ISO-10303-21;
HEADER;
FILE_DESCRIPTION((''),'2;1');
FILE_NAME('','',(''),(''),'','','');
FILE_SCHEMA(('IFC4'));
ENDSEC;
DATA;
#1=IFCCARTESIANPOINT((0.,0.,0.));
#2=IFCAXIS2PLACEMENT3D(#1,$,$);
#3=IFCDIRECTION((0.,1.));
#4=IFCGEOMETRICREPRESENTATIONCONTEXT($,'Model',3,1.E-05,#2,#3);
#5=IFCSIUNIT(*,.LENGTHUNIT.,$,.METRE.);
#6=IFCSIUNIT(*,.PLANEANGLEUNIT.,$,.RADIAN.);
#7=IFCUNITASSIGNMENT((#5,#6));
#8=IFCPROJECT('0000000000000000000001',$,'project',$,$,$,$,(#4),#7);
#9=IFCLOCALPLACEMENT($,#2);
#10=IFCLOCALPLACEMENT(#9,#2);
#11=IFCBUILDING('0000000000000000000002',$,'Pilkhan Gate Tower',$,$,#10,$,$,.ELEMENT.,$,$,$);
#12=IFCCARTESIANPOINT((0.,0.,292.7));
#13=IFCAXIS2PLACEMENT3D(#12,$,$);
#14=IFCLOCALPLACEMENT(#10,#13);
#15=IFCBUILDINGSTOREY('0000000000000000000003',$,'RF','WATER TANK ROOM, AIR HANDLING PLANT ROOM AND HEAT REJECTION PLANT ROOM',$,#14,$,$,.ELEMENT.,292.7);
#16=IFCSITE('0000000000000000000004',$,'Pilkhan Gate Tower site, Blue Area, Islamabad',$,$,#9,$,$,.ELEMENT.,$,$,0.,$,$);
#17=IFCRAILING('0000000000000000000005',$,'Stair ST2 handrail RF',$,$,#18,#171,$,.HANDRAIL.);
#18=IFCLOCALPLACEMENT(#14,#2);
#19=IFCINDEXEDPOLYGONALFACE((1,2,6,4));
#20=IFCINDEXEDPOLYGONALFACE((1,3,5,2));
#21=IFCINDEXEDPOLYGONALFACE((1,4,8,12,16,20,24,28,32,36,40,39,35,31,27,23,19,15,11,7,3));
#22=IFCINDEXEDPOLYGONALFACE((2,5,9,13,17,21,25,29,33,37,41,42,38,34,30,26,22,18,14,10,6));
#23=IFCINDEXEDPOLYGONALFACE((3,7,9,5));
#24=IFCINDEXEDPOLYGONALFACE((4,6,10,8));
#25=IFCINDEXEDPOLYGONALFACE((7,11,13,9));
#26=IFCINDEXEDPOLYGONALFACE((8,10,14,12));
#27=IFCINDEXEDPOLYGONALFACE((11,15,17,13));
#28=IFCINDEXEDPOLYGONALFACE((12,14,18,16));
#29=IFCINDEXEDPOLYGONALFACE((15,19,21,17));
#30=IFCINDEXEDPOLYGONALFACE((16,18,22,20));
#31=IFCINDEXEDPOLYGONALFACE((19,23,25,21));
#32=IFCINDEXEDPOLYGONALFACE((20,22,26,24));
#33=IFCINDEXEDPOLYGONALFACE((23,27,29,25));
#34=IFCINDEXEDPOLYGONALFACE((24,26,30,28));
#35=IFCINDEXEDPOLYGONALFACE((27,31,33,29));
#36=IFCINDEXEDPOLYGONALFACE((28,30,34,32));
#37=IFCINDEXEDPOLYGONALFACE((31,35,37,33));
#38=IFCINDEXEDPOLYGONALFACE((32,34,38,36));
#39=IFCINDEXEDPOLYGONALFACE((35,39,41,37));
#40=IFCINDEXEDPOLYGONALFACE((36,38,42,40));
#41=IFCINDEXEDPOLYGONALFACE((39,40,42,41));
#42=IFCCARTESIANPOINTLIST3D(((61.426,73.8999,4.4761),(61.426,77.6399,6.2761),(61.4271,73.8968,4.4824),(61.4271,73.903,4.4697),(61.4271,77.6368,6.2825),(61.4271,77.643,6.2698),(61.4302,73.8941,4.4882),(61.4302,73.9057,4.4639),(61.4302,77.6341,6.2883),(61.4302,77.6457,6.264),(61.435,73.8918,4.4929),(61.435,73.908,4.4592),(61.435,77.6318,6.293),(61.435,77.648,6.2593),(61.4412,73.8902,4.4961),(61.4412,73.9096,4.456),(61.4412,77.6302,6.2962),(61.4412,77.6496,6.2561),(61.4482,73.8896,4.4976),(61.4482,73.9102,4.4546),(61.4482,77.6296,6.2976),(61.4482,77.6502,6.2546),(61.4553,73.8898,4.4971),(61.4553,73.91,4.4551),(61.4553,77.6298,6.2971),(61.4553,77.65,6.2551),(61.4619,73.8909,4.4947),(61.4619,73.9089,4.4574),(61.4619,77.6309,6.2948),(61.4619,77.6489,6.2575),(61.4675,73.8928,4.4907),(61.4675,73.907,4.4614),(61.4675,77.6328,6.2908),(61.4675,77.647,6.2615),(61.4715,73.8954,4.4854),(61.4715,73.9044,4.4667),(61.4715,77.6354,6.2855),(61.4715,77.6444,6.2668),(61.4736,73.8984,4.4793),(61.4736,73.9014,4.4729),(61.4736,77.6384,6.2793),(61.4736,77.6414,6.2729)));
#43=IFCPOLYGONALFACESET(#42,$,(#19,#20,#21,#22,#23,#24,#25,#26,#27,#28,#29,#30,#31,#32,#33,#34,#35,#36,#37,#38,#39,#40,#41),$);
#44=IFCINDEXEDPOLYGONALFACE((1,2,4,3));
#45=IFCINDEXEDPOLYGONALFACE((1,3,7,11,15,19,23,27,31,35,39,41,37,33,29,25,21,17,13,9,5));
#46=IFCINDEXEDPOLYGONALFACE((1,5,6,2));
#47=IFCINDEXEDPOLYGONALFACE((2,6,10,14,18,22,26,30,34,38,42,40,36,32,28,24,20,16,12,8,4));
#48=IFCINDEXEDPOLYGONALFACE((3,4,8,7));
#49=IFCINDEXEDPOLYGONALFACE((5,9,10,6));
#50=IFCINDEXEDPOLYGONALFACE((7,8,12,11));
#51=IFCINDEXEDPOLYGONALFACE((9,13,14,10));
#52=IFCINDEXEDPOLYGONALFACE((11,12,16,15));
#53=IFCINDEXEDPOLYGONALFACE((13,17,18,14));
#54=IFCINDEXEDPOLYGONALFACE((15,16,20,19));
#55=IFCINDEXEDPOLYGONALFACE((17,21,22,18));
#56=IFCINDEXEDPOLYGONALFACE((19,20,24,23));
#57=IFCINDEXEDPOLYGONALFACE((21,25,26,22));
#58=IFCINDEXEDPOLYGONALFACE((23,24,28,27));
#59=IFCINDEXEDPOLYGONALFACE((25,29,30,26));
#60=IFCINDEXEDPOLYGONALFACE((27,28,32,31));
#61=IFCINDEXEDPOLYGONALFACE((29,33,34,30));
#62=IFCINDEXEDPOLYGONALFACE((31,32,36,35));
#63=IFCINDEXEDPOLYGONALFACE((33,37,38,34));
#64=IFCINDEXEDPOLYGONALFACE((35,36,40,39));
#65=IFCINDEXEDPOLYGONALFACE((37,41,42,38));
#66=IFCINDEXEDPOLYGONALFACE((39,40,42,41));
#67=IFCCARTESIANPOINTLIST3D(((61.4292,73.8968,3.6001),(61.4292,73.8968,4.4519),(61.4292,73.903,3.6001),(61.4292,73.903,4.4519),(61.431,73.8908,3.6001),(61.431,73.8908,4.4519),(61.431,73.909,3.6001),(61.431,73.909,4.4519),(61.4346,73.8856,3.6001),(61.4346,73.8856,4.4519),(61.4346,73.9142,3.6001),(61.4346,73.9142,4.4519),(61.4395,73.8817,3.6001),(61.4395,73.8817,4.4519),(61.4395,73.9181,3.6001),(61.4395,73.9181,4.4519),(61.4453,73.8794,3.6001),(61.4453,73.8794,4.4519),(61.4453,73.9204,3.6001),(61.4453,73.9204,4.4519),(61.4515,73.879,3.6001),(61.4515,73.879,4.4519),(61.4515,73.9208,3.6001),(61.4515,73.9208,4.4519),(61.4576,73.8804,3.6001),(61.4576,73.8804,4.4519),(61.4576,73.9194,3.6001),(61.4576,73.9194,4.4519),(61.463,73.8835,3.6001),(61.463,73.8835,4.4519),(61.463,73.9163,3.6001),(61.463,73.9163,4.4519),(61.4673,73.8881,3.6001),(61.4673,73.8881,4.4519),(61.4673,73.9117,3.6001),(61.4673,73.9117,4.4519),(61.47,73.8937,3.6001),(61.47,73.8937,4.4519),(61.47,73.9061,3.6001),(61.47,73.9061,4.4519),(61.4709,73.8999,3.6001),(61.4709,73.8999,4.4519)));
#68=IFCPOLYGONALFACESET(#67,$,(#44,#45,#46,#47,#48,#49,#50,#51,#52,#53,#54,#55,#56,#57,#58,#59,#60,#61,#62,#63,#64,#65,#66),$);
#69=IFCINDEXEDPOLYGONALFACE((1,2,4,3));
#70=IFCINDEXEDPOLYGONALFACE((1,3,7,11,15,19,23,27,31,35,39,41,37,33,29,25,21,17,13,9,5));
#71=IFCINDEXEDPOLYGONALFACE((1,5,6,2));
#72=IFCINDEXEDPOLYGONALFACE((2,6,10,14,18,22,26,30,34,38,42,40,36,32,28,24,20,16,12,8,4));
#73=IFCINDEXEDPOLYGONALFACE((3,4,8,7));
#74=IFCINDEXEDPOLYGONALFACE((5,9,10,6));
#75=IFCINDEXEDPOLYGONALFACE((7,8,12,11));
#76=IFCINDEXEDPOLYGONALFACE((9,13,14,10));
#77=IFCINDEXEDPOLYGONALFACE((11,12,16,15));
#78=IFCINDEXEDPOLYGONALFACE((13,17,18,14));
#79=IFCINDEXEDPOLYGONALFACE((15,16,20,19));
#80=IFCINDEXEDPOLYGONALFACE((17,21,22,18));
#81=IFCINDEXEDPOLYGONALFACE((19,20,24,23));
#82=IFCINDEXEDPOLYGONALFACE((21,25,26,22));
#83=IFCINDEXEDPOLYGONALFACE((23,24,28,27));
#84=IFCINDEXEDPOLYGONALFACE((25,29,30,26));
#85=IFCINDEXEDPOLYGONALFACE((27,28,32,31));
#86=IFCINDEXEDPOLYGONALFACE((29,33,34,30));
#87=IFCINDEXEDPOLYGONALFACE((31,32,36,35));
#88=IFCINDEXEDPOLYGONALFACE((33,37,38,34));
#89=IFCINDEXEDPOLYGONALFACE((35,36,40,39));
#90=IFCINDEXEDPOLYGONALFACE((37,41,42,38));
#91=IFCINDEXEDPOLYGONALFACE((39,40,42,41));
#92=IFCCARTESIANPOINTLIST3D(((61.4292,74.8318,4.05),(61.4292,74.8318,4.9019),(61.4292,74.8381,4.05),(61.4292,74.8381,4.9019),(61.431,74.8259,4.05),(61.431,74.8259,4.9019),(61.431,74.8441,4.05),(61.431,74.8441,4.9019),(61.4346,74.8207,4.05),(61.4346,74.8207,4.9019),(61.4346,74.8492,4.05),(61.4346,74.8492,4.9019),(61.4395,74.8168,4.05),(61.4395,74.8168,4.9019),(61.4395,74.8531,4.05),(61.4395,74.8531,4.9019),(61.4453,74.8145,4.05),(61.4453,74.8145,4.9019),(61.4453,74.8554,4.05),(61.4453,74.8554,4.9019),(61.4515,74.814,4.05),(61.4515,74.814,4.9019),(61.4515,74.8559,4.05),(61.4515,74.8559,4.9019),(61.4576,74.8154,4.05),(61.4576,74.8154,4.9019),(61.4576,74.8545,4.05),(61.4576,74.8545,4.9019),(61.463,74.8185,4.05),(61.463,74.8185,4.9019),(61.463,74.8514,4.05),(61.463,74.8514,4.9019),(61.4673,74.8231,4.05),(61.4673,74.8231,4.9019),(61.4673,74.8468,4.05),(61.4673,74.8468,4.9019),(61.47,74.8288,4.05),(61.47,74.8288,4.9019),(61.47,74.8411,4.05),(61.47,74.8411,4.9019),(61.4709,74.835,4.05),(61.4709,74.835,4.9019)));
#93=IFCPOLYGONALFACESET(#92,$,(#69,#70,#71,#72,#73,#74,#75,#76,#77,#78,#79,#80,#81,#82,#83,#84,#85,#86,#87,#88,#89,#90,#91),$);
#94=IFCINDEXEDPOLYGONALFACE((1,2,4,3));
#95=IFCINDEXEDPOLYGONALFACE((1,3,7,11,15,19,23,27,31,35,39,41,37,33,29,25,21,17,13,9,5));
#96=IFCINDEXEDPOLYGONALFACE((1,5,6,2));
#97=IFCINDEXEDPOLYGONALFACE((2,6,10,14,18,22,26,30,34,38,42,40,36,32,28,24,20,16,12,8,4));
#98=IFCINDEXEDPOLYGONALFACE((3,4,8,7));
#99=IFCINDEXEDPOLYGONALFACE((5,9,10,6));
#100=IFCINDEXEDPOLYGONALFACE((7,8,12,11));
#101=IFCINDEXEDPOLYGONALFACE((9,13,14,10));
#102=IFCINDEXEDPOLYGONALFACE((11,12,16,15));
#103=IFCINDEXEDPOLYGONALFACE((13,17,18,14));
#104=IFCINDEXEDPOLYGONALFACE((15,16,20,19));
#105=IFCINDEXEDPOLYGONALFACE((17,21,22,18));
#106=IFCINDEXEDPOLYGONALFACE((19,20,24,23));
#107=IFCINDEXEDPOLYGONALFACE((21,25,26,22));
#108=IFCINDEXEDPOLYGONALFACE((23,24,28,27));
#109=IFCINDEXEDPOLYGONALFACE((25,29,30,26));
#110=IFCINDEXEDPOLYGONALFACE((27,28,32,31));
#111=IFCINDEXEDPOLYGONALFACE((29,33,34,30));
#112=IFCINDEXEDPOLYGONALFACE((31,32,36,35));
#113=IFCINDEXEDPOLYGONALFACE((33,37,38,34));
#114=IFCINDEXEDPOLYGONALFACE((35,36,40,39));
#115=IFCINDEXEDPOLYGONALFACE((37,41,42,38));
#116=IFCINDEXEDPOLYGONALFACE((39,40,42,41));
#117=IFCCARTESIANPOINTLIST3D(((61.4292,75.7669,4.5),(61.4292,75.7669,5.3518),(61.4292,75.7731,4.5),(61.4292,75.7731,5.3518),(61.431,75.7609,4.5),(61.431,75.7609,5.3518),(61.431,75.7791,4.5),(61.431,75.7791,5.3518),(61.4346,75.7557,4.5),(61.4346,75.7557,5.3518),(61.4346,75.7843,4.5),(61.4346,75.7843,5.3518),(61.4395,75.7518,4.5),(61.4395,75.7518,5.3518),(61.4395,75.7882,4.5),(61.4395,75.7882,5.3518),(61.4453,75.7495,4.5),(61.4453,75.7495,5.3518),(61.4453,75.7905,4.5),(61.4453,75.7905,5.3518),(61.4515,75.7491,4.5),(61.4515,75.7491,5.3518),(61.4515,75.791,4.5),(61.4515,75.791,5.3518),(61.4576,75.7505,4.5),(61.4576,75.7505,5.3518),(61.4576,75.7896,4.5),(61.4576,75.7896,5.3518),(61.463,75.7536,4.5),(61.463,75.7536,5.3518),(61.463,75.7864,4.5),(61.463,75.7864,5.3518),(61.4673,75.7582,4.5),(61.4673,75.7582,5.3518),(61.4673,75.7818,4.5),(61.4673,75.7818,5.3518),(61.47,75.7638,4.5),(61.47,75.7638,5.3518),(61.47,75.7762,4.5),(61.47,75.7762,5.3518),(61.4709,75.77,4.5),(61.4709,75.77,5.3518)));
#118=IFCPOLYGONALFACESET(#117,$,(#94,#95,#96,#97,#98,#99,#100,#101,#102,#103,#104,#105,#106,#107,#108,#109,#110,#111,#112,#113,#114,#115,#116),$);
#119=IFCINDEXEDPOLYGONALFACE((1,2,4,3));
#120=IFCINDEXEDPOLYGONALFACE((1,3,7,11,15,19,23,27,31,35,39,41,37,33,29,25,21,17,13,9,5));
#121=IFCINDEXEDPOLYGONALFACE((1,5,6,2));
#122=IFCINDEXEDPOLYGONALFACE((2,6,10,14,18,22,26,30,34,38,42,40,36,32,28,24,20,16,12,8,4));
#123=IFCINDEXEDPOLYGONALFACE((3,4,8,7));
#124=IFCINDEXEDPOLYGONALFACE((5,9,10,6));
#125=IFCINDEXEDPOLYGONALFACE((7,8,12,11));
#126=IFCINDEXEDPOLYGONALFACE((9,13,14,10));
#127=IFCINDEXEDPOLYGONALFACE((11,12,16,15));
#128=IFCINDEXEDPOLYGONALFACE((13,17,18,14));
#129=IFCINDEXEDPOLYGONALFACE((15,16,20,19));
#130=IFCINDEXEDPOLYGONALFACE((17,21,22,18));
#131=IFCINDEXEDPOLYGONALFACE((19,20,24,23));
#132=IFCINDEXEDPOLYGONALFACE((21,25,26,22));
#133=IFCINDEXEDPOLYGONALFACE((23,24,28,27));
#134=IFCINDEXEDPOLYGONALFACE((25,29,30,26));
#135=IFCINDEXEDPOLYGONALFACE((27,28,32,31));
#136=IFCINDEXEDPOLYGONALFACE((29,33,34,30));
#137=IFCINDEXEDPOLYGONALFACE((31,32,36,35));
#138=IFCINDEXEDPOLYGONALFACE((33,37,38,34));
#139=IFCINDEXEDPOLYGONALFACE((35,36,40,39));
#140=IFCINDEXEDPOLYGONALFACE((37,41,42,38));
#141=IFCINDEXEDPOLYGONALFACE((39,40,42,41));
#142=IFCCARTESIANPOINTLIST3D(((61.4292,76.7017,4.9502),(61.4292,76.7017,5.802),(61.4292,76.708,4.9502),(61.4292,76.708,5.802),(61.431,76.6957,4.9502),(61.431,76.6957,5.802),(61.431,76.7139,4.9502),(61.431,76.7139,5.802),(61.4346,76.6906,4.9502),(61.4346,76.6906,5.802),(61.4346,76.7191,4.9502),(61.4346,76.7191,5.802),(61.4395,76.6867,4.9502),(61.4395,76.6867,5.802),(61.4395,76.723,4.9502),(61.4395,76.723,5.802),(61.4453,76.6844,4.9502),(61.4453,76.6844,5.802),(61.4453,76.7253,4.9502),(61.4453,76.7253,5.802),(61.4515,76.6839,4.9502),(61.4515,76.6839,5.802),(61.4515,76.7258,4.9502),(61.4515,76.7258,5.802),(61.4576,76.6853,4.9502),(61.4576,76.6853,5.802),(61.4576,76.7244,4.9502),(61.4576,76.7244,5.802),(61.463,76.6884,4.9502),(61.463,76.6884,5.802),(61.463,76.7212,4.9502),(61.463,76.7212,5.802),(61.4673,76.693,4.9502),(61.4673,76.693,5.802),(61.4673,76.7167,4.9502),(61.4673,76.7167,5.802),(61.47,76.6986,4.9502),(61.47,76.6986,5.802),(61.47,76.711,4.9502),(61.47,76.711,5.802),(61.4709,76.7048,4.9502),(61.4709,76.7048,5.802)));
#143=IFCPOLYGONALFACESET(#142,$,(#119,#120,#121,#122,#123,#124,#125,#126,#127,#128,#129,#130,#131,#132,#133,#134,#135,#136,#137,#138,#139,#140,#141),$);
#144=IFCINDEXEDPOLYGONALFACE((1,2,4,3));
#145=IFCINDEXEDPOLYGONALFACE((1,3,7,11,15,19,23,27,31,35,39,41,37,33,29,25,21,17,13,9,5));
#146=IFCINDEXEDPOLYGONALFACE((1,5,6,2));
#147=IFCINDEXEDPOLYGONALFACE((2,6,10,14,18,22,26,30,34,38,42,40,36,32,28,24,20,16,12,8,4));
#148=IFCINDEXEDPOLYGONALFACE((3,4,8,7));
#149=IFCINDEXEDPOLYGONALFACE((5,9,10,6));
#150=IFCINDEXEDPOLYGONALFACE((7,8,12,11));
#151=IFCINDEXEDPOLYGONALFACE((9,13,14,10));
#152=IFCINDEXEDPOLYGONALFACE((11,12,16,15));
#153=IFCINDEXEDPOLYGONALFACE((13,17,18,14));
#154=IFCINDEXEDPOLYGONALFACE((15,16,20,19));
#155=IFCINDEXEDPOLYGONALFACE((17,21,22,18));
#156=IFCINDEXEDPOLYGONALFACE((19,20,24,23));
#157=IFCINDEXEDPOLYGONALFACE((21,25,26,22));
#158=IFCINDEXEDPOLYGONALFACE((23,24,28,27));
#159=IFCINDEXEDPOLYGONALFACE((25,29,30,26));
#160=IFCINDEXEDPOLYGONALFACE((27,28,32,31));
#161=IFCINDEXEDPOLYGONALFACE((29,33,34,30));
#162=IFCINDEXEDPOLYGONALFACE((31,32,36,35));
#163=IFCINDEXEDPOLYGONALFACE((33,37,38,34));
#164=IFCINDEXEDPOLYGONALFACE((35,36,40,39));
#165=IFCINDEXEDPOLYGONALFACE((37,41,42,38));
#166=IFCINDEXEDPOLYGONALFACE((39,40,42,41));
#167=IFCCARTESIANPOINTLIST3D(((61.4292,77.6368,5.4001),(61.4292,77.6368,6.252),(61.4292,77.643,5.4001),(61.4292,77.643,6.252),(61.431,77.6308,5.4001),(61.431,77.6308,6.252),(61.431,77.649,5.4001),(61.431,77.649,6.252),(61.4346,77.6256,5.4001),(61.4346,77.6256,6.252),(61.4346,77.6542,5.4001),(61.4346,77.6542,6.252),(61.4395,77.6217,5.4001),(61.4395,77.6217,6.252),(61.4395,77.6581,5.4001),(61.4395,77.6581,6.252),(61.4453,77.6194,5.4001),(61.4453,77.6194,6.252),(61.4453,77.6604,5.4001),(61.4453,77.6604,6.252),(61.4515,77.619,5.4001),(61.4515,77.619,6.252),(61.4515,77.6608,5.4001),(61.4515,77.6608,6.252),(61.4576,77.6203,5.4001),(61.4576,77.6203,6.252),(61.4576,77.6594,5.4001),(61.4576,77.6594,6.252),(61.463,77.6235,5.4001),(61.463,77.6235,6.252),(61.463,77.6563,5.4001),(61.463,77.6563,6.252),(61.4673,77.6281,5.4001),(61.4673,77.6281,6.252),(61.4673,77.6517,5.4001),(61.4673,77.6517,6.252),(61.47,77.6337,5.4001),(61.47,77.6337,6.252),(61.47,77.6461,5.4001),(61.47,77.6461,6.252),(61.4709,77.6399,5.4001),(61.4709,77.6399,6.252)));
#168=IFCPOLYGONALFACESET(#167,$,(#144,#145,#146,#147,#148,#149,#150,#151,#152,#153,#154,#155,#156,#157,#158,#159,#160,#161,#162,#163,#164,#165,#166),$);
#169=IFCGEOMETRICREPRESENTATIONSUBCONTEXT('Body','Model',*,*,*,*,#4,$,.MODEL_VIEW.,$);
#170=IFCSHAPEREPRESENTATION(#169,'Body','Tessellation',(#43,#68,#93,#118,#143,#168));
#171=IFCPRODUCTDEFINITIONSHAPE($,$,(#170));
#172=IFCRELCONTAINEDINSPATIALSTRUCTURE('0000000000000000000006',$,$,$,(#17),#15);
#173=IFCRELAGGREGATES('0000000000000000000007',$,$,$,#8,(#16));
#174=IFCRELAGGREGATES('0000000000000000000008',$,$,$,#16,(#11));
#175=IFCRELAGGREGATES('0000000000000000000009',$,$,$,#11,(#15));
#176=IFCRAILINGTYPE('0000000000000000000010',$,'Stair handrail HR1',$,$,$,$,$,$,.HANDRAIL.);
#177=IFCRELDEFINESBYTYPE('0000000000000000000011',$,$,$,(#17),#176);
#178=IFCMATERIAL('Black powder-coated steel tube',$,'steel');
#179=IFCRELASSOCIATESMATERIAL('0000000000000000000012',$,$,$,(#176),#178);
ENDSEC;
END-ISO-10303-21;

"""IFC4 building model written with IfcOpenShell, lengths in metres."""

from ifc_helpers import new_model, si_unit, direction, frame, origin, origin_2d, place, context, subcontext, project, spatial, circle, extrude, material, type_object, element, save


model = new_model("IFC4")

# Units and contexts
model_context = context("Model", 3, precision=1e-05, world=origin(), true_north=direction((0.0, 1.0)))
body_context = subcontext(model_context, "Body", "Model", "MODEL_VIEW")
ifc_project = project(units=[si_unit("LENGTHUNIT", "METRE"), si_unit("PLANEANGLEUNIT", "RADIAN")], contexts=[model_context])

# Site, building, storey
site_placement = place(None, origin())
site = spatial("IfcSite", under=ifc_project, at=site_placement, Name="Pilkhan Gate Tower site, Blue Area, Islamabad", CompositionType="ELEMENT", RefElevation=0.0)
building_placement = place(site_placement, origin())
building = spatial("IfcBuilding", under=site, at=building_placement, Name="Pilkhan Gate Tower", CompositionType="ELEMENT")
storey_placement = place(building_placement, frame((0.0, 0.0, 292.7)))
storey = spatial("IfcBuildingStorey", under=building, at=storey_placement, Name="RF", Description="WATER TANK ROOM, AIR HANDLING PLANT ROOM AND HEAT REJECTION PLANT ROOM", CompositionType="ELEMENT", Elevation=292.7)

# Railing
ifc_material_1 = material(Name="Black powder-coated steel tube", Category="steel")
railing_type_1 = type_object("IfcRailingType", Name="Stair handrail HR1", PredefinedType="HANDRAIL", material=ifc_material_1)
railing_1_placement = place(storey_placement, frame((61.45, 73.8999, 3.6001)))
element("IfcRailing", 1, at=railing_1_placement, inside=storey, type_object=railing_type_1, Name="Stair ST2 handrail RF", PredefinedType="HANDRAIL", context=body_context, shape_type="SweptSolid", body=[
    extrude(circle(Radius=0.0239, at=origin_2d()), frame((0.0, 0.0, 0.876), z_axis=(0.0, 0.901066, 0.433681), x_axis=(-1.0, 0.0, 0.0)), (0.0, 0.0, 1.0), 4.1506),
    extrude(circle(Radius=0.021, at=origin_2d()), origin(), (0.0, 0.0, 1.0), 0.8518),
    extrude(circle(Radius=0.021, at=origin_2d()), frame((0.0, 0.9351, 0.45)), (0.0, 0.0, 1.0), 0.8518),
    extrude(circle(Radius=0.021, at=origin_2d()), frame((0.0, 1.8701, 0.8999)), (0.0, 0.0, 1.0), 0.8518),
    extrude(circle(Radius=0.021, at=origin_2d()), frame((0.0, 2.8049, 1.3501)), (0.0, 0.0, 1.0), 0.8518),
    extrude(circle(Radius=0.021, at=origin_2d()), frame((0.0, 3.74, 1.8)), (0.0, 0.0, 1.0), 0.8518),
])

save(model, "model.ifc")
